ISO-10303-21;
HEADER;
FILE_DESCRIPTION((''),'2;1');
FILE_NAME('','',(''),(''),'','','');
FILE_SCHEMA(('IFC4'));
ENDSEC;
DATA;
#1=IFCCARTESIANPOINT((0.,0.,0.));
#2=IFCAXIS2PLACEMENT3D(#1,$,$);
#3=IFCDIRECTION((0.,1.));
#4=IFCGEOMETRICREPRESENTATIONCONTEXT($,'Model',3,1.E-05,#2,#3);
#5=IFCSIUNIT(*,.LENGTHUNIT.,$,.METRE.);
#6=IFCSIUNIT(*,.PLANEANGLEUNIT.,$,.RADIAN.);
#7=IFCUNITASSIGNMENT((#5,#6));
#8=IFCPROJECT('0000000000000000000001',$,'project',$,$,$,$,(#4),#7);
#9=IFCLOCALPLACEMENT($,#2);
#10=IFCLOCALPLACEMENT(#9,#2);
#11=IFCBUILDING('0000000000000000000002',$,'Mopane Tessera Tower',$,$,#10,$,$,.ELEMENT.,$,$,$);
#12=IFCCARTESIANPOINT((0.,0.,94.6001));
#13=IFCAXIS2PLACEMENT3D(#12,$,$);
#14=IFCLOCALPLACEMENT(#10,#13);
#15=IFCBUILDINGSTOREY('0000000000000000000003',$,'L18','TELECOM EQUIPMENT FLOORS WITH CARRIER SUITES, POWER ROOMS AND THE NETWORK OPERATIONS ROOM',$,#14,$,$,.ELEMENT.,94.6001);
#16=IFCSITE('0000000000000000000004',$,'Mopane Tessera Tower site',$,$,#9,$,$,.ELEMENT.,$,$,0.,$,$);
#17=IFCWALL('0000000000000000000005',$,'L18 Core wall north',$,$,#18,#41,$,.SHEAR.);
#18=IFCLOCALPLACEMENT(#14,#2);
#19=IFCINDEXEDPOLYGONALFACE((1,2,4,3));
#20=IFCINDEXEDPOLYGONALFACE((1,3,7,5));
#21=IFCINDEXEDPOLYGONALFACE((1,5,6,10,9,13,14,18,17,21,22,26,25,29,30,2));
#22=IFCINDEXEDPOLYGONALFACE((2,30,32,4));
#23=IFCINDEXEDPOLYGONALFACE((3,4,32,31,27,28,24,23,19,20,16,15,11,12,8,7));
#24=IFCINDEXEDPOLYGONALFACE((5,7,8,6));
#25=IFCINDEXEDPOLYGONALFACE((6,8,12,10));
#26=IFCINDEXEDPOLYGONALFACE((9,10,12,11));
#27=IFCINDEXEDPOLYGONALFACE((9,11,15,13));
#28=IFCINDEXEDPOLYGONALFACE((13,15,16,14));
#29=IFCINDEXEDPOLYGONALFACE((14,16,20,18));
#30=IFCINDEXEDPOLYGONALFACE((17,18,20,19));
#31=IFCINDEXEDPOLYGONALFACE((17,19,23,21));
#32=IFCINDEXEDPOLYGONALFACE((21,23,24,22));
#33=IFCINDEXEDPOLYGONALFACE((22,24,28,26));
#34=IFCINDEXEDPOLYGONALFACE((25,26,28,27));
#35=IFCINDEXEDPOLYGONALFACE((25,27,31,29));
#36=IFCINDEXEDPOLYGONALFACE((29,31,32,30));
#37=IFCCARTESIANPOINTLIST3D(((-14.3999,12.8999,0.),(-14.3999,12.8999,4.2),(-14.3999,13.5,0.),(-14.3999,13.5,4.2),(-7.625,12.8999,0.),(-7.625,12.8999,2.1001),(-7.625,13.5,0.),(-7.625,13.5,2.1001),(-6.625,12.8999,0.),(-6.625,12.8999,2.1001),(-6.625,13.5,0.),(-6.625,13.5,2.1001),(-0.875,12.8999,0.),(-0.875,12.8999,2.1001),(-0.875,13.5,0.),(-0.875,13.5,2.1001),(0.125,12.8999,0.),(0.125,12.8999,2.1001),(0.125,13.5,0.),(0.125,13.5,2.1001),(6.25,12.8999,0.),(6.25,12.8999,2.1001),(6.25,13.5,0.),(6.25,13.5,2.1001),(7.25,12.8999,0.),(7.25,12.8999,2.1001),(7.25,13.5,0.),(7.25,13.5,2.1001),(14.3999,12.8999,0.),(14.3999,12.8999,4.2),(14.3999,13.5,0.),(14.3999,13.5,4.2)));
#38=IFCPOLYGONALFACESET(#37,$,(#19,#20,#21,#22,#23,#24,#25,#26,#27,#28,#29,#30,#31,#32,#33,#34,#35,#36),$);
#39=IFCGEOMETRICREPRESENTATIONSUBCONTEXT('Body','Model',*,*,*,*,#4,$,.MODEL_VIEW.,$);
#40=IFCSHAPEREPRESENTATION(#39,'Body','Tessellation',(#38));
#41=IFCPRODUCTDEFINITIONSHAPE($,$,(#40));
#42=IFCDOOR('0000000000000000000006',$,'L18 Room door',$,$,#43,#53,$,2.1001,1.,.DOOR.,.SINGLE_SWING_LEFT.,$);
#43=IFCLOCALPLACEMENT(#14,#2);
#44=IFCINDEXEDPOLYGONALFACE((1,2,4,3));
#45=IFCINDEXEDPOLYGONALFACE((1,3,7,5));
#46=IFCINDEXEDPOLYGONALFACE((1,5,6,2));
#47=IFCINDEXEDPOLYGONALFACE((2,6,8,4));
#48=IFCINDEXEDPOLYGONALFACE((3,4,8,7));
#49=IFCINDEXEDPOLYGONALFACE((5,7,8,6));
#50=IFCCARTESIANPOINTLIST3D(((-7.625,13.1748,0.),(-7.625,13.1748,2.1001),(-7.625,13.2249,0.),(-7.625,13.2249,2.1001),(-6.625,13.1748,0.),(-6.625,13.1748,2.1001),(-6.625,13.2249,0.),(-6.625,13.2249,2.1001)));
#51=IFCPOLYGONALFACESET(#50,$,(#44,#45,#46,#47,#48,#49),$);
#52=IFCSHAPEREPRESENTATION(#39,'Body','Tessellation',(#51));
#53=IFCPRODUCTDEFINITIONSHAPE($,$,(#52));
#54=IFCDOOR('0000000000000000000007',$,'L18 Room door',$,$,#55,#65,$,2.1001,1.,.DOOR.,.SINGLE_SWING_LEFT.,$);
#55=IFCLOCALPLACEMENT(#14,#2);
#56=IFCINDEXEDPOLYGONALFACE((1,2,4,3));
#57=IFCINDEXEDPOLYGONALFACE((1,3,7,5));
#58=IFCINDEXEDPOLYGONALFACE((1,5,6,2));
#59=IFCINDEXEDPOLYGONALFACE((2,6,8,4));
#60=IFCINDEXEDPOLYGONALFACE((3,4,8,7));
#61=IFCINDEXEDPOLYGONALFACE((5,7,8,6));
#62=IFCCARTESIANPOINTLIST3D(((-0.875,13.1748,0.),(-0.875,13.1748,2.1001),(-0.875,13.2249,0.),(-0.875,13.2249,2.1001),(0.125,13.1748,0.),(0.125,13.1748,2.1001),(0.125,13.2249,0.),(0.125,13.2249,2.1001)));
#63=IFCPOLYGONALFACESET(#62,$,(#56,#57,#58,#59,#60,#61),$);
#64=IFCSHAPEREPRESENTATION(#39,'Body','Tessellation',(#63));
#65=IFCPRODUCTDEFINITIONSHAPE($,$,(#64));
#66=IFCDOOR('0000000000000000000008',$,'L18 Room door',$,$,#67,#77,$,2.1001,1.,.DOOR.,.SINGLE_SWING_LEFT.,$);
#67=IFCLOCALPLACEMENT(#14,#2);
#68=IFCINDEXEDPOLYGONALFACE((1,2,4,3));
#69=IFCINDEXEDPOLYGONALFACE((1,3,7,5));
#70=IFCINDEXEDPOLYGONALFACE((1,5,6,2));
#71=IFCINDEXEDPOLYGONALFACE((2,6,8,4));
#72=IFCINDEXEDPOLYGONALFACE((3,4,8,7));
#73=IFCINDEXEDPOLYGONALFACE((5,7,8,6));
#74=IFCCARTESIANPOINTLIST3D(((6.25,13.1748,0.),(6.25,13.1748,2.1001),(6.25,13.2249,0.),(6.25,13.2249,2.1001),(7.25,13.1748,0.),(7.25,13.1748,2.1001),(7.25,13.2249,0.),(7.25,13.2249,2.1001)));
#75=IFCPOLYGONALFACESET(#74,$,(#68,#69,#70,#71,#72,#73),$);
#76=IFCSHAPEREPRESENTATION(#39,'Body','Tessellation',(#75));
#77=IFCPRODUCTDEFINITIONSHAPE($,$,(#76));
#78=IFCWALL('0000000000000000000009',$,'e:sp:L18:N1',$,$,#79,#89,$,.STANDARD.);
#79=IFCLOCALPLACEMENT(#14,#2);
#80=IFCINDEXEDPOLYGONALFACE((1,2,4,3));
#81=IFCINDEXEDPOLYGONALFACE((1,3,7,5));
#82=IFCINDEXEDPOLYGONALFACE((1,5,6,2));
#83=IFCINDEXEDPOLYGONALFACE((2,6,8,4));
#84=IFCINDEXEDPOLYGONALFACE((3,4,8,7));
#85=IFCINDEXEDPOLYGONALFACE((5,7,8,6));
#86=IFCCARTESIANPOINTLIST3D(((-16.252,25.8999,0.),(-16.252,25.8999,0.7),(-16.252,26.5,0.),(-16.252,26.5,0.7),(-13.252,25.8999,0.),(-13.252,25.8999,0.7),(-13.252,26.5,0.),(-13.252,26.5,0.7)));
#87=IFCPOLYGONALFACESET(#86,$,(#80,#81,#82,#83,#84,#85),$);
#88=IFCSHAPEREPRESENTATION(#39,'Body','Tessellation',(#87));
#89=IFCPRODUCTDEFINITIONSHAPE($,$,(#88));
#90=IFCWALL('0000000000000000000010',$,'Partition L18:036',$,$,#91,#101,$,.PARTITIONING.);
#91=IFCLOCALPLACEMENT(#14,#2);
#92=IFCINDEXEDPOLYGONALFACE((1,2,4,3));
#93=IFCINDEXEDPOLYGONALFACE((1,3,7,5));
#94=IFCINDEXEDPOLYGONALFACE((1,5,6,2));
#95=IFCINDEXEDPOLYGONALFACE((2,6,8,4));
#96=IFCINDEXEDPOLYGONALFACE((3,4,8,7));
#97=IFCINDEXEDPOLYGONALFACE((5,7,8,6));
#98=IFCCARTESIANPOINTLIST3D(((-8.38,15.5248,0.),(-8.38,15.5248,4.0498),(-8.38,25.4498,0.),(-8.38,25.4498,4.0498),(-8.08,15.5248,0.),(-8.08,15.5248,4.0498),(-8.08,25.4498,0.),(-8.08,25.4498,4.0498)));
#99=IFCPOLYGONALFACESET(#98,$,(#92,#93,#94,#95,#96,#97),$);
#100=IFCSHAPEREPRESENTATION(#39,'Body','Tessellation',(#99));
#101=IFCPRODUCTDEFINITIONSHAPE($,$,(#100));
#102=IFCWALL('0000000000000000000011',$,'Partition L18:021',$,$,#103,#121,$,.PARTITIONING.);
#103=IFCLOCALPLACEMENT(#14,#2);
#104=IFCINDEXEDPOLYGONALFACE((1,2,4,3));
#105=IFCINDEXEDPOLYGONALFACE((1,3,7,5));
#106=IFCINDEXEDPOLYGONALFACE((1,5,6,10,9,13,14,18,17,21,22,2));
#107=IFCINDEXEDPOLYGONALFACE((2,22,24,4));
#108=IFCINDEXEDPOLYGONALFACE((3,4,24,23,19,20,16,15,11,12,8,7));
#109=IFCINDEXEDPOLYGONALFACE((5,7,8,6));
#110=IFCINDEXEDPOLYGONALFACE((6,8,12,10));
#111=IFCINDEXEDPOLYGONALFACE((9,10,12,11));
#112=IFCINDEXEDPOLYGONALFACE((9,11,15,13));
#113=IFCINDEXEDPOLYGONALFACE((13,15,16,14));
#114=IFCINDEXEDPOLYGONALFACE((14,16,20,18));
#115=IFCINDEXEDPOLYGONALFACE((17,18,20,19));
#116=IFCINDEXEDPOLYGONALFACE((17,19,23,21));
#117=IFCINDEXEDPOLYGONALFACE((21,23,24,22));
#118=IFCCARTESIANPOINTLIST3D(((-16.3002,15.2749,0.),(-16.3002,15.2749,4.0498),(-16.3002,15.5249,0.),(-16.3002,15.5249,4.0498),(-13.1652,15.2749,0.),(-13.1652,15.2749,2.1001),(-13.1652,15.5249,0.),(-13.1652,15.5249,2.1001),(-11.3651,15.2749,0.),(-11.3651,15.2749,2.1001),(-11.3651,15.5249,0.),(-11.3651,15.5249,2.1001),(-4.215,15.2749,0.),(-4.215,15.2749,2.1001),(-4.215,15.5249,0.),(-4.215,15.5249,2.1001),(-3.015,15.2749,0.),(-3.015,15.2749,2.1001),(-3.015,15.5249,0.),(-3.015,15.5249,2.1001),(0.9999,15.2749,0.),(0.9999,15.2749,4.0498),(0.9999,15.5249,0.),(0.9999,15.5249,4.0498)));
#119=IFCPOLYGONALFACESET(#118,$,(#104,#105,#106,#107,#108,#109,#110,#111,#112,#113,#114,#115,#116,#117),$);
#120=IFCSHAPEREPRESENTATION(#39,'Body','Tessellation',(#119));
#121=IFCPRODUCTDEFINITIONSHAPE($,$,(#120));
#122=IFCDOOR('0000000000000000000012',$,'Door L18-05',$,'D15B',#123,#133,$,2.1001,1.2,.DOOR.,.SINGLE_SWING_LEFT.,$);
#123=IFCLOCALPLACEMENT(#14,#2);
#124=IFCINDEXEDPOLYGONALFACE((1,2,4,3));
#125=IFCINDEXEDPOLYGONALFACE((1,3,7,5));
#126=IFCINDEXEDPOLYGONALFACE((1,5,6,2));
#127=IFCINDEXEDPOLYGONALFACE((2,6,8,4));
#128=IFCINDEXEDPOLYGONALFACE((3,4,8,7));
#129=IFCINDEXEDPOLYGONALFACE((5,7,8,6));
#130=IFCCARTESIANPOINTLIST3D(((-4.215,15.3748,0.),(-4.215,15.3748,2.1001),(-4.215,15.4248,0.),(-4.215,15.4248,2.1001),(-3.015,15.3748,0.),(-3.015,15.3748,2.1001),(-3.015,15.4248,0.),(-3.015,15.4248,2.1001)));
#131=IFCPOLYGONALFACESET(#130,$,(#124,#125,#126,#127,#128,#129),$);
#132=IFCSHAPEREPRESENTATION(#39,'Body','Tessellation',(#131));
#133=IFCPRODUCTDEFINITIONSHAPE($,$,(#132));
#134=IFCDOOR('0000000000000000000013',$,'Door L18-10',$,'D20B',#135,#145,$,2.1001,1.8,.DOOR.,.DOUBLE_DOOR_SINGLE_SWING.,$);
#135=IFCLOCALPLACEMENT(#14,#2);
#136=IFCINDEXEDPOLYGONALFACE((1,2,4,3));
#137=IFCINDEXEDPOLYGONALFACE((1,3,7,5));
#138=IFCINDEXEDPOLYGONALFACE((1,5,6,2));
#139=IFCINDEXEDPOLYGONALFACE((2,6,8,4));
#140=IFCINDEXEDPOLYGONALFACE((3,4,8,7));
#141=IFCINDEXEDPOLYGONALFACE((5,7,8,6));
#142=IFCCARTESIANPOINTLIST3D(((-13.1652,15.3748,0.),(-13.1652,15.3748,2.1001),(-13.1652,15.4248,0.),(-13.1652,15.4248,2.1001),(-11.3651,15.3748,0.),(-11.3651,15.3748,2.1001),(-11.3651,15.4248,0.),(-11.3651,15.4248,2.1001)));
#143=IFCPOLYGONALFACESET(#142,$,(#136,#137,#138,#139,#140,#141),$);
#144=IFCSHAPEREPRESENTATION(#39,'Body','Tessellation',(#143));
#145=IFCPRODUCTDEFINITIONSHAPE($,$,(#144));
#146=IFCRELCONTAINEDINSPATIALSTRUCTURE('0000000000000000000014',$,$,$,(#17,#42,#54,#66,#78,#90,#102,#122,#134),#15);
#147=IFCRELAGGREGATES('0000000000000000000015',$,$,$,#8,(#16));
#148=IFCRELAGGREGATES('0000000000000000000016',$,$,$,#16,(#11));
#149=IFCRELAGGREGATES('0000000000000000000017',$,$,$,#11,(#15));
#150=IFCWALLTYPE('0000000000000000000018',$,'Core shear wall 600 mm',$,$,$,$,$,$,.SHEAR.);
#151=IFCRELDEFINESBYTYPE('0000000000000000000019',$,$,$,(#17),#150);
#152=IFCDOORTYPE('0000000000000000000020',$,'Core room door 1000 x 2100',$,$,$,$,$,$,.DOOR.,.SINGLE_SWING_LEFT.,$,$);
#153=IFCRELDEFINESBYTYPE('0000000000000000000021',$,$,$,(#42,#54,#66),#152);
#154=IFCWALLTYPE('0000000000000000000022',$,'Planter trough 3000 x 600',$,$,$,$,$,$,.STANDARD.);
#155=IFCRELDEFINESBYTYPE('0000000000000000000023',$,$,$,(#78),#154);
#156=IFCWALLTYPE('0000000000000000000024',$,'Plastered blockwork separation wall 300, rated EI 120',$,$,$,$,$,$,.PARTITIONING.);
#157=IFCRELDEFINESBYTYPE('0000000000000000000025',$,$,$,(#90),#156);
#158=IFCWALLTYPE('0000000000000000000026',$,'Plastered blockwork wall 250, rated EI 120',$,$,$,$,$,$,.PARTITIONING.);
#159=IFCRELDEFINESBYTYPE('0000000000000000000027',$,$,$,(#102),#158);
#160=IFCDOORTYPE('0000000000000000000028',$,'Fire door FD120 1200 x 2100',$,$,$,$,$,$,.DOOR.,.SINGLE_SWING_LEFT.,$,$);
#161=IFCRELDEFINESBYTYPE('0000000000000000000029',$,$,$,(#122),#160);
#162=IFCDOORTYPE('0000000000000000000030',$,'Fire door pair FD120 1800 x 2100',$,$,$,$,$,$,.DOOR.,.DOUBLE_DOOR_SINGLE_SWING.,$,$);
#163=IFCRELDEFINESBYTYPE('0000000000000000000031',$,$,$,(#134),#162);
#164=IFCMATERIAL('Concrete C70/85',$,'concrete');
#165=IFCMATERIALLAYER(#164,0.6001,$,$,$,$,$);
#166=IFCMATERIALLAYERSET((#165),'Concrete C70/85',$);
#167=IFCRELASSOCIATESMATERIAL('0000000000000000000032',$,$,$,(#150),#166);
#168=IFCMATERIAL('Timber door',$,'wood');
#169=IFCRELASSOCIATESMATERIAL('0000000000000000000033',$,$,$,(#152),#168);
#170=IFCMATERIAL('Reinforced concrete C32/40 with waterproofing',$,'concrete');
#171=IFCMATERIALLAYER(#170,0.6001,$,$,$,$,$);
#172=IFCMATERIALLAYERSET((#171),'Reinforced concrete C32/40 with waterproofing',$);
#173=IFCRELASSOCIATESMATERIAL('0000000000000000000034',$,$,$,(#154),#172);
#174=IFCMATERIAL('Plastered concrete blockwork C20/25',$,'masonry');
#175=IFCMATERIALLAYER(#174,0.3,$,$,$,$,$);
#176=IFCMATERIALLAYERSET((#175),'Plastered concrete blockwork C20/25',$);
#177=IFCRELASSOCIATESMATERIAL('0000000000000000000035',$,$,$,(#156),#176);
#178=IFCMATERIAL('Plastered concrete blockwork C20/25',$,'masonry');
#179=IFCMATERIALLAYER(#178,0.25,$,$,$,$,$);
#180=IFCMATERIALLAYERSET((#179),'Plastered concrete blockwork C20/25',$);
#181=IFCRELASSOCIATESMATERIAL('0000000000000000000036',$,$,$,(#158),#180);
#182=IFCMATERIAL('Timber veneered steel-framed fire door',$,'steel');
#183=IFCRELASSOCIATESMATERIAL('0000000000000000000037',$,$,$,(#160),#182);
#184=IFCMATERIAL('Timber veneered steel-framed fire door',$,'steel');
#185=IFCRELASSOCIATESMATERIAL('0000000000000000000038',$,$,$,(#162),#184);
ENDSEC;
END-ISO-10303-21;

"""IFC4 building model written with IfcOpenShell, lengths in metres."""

from ifc_helpers import new_model, si_unit, direction, frame, frame_2d, origin, place, context, subcontext, project, spatial, rectangle, extrude, material, layer, layer_set, type_object, element, fill, save


model = new_model("IFC4")

# Units and contexts
model_context = context("Model", 3, precision=1e-05, world=origin(), true_north=direction((0.0, 1.0)))
body_context = subcontext(model_context, "Body", "Model", "MODEL_VIEW")
ifc_project = project(units=[si_unit("LENGTHUNIT", "METRE"), si_unit("PLANEANGLEUNIT", "RADIAN")], contexts=[model_context])

# Site, building, storey
site_placement = place(None, origin())
site = spatial("IfcSite", under=ifc_project, at=site_placement, Name="Mopane Tessera Tower site", CompositionType="ELEMENT", RefElevation=0.0)
building_placement = place(site_placement, origin())
building = spatial("IfcBuilding", under=site, at=building_placement, Name="Mopane Tessera Tower", CompositionType="ELEMENT")
storey_placement = place(building_placement, frame((0.0, 0.0, 94.6001)))
storey = spatial("IfcBuildingStorey", under=building, at=storey_placement, Name="L18", Description="TELECOM EQUIPMENT FLOORS WITH CARRIER SUITES, POWER ROOMS AND THE NETWORK OPERATIONS ROOM", CompositionType="ELEMENT", Elevation=94.6001)

# Wall, openings, doors
ifc_material_1 = material(Name="Concrete C70/85", Category="concrete")
ifc_layer_1 = layer(ifc_material_1, 0.6001)
ifc_layer_set_1 = layer_set([ifc_layer_1], Name="Concrete C70/85")
wall_type_1 = type_object("IfcWallType", Name="Core shear wall 600 mm", PredefinedType="SHEAR", material=ifc_layer_set_1)
wall_1_placement = place(storey_placement, frame((-14.3999, 13.2, 0.0), z_axis=(0.0, 0.0, 1.0), x_axis=(1.0, 0.0, 0.0)))
wall_1 = element("IfcWall", 1, at=wall_1_placement, inside=storey, type_object=wall_type_1, Name="L18 Core wall north", PredefinedType="SHEAR", context=body_context, shape_type="SweptSolid", body=[
    extrude(rectangle(XDim=28.7998, YDim=0.6001, at=frame_2d((14.3999, 0.0))), origin(), (0.0, 0.0, 1.0), 4.2),
])
opening_1_placement = place(wall_1_placement, frame((6.7749, 0.0, 0.0)))
opening_1 = element("IfcOpeningElement", 2, at=opening_1_placement, cuts=wall_1, PredefinedType="OPENING", context=body_context, shape_type="SweptSolid", body=[
    extrude(rectangle(XDim=1.0, YDim=2.1001, at=frame_2d((0.5, 1.05))), frame((0.0, 0.312, 0.0), z_axis=(0.0, -1.0, 0.0), x_axis=(1.0, 0.0, 0.0)), (0.0, 0.0, 1.0), 0.624),
])
opening_2_placement = place(wall_1_placement, frame((13.5249, 0.0, 0.0)))
opening_2 = element("IfcOpeningElement", 3, at=opening_2_placement, cuts=wall_1, PredefinedType="OPENING", context=body_context, shape_type="SweptSolid", body=[
    extrude(rectangle(XDim=1.0, YDim=2.1001, at=frame_2d((0.5, 1.05))), frame((0.0, 0.312, 0.0), z_axis=(0.0, -1.0, 0.0), x_axis=(1.0, 0.0, 0.0)), (0.0, 0.0, 1.0), 0.624),
])
opening_3_placement = place(wall_1_placement, frame((20.6499, 0.0, 0.0)))
opening_3 = element("IfcOpeningElement", 4, at=opening_3_placement, cuts=wall_1, PredefinedType="OPENING", context=body_context, shape_type="SweptSolid", body=[
    extrude(rectangle(XDim=1.0, YDim=2.1001, at=frame_2d((0.5, 1.05))), frame((0.0, 0.312, 0.0), z_axis=(0.0, -1.0, 0.0), x_axis=(1.0, 0.0, 0.0)), (0.0, 0.0, 1.0), 0.624),
])
ifc_material_2 = material(Name="Timber door", Category="wood")
door_type_1 = type_object("IfcDoorType", Name="Core room door 1000 x 2100", OperationType="SINGLE_SWING_LEFT", PredefinedType="DOOR", material=ifc_material_2)
door_1_placement = place(opening_1_placement, origin())
door_1 = element("IfcDoor", 5, at=door_1_placement, inside=storey, type_object=door_type_1, Name="L18 Room door", OperationType="SINGLE_SWING_LEFT", OverallHeight=2.1001, OverallWidth=1.0, PredefinedType="DOOR", context=body_context, shape_type="SweptSolid", body=[
    extrude(rectangle(XDim=1.0, YDim=2.1001, at=frame_2d((0.5, 1.05))), frame((0.0, 0.0249, 0.0), z_axis=(0.0, -1.0, 0.0), x_axis=(1.0, 0.0, 0.0)), (0.0, 0.0, 1.0), 0.05),
])
fill(opening_1, door_1)
door_2_placement = place(opening_2_placement, origin())
door_2 = element("IfcDoor", 6, at=door_2_placement, inside=storey, type_object=door_type_1, Name="L18 Room door", OperationType="SINGLE_SWING_LEFT", OverallHeight=2.1001, OverallWidth=1.0, PredefinedType="DOOR", context=body_context, shape_type="SweptSolid", body=[
    extrude(rectangle(XDim=1.0, YDim=2.1001, at=frame_2d((0.5, 1.05))), frame((0.0, 0.0249, 0.0), z_axis=(0.0, -1.0, 0.0), x_axis=(1.0, 0.0, 0.0)), (0.0, 0.0, 1.0), 0.05),
])
fill(opening_2, door_2)
door_3_placement = place(opening_3_placement, origin())
door_3 = element("IfcDoor", 7, at=door_3_placement, inside=storey, type_object=door_type_1, Name="L18 Room door", OperationType="SINGLE_SWING_LEFT", OverallHeight=2.1001, OverallWidth=1.0, PredefinedType="DOOR", context=body_context, shape_type="SweptSolid", body=[
    extrude(rectangle(XDim=1.0, YDim=2.1001, at=frame_2d((0.5, 1.05))), frame((0.0, 0.0249, 0.0), z_axis=(0.0, -1.0, 0.0), x_axis=(1.0, 0.0, 0.0)), (0.0, 0.0, 1.0), 0.05),
])
fill(opening_3, door_3)

# Walls
ifc_material_3 = material(Name="Reinforced concrete C32/40 with waterproofing", Category="concrete")
ifc_layer_2 = layer(ifc_material_3, 0.6001)
ifc_layer_set_2 = layer_set([ifc_layer_2], Name="Reinforced concrete C32/40 with waterproofing")
wall_type_2 = type_object("IfcWallType", Name="Planter trough 3000 x 600", PredefinedType="STANDARD", material=ifc_layer_set_2)
wall_2_placement = place(storey_placement, frame((-13.252, 26.2, 0.0), z_axis=(0.0, 0.0, 1.0), x_axis=(-1.0, 0.0, 0.0)))
element("IfcWall", 8, at=wall_2_placement, inside=storey, type_object=wall_type_2, Name="e:sp:L18:N1", PredefinedType="STANDARD", context=body_context, shape_type="SweptSolid", body=[
    extrude(rectangle(XDim=3.0, YDim=0.6001, at=frame_2d((1.5, 0.0))), origin(), (0.0, 0.0, 1.0), 0.7),
])
ifc_material_4 = material(Name="Plastered concrete blockwork C20/25", Category="masonry")
ifc_layer_3 = layer(ifc_material_4, 0.3)
ifc_layer_set_3 = layer_set([ifc_layer_3], Name="Plastered concrete blockwork C20/25")
wall_type_3 = type_object("IfcWallType", Name="Plastered blockwork separation wall 300, rated EI 120", PredefinedType="PARTITIONING", material=ifc_layer_set_3)
wall_3_placement = place(storey_placement, frame((-8.23, 15.5249, 0.0), z_axis=(0.0, 0.0, 1.0), x_axis=(0.0, 1.0, 0.0)))
element("IfcWall", 9, at=wall_3_placement, inside=storey, type_object=wall_type_3, Name="Partition L18:036", PredefinedType="PARTITIONING", context=body_context, shape_type="SweptSolid", body=[
    extrude(rectangle(XDim=9.925, YDim=0.3, at=frame_2d((4.9624, 0.0))), origin(), (0.0, 0.0, 1.0), 4.0498),
])

# Wall, openings, doors
ifc_material_5 = material(Name="Plastered concrete blockwork C20/25", Category="masonry")
ifc_layer_4 = layer(ifc_material_5, 0.25)
ifc_layer_set_4 = layer_set([ifc_layer_4], Name="Plastered concrete blockwork C20/25")
wall_type_4 = type_object("IfcWallType", Name="Plastered blockwork wall 250, rated EI 120", PredefinedType="PARTITIONING", material=ifc_layer_set_4)
wall_4_placement = place(storey_placement, frame((-16.3, 15.3999, 0.0), z_axis=(0.0, 0.0, 1.0), x_axis=(1.0, 0.0, 0.0)))
wall_4 = element("IfcWall", 10, at=wall_4_placement, inside=storey, type_object=wall_type_4, Name="Partition L18:021", PredefinedType="PARTITIONING", context=body_context, shape_type="SweptSolid", body=[
    extrude(rectangle(XDim=17.3, YDim=0.25, at=frame_2d((8.6499, 0.0))), origin(), (0.0, 0.0, 1.0), 4.0498),
])
opening_4_placement = place(wall_4_placement, frame((12.085, 0.0, 0.0)))
opening_4 = element("IfcOpeningElement", 11, at=opening_4_placement, cuts=wall_4, PredefinedType="OPENING", context=body_context, shape_type="SweptSolid", body=[
    extrude(rectangle(XDim=1.2, YDim=2.1001, at=frame_2d((0.6001, 1.05))), frame((0.0, 0.137, 0.0), z_axis=(0.0, -1.0, 0.0), x_axis=(1.0, 0.0, 0.0)), (0.0, 0.0, 1.0), 0.2739),
])
opening_5_placement = place(wall_4_placement, frame((3.135, 0.0, 0.0)))
opening_5 = element("IfcOpeningElement", 12, at=opening_5_placement, cuts=wall_4, PredefinedType="OPENING", context=body_context, shape_type="SweptSolid", body=[
    extrude(rectangle(XDim=1.8, YDim=2.1001, at=frame_2d((0.8999, 1.05))), frame((0.0, 0.137, 0.0), z_axis=(0.0, -1.0, 0.0), x_axis=(1.0, 0.0, 0.0)), (0.0, 0.0, 1.0), 0.2739),
])
ifc_material_6 = material(Name="Timber veneered steel-framed fire door", Category="steel")
door_type_2 = type_object("IfcDoorType", Name="Fire door FD120 1200 x 2100", OperationType="SINGLE_SWING_LEFT", PredefinedType="DOOR", material=ifc_material_6)
door_4_placement = place(opening_4_placement, origin())
door_4 = element("IfcDoor", 13, at=door_4_placement, inside=storey, type_object=door_type_2, Name="Door L18-05", ObjectType="D15B", OperationType="SINGLE_SWING_LEFT", OverallHeight=2.1001, OverallWidth=1.2, PredefinedType="DOOR", context=body_context, shape_type="SweptSolid", body=[
    extrude(rectangle(XDim=1.2, YDim=2.1001, at=frame_2d((0.6001, 1.05))), frame((0.0, 0.0249, 0.0), z_axis=(0.0, -1.0, 0.0), x_axis=(1.0, 0.0, 0.0)), (0.0, 0.0, 1.0), 0.05),
])
fill(opening_4, door_4)
ifc_material_7 = material(Name="Timber veneered steel-framed fire door", Category="steel")
door_type_3 = type_object("IfcDoorType", Name="Fire door pair FD120 1800 x 2100", OperationType="DOUBLE_DOOR_SINGLE_SWING", PredefinedType="DOOR", material=ifc_material_7)
door_5_placement = place(opening_5_placement, origin())
door_5 = element("IfcDoor", 14, at=door_5_placement, inside=storey, type_object=door_type_3, Name="Door L18-10", ObjectType="D20B", OperationType="DOUBLE_DOOR_SINGLE_SWING", OverallHeight=2.1001, OverallWidth=1.8, PredefinedType="DOOR", context=body_context, shape_type="SweptSolid", body=[
    extrude(rectangle(XDim=1.8, YDim=2.1001, at=frame_2d((0.8999, 1.05))), frame((0.0, 0.0249, 0.0), z_axis=(0.0, -1.0, 0.0), x_axis=(1.0, 0.0, 0.0)), (0.0, 0.0, 1.0), 0.05),
])
fill(opening_5, door_5)

save(model, "model.ifc")
